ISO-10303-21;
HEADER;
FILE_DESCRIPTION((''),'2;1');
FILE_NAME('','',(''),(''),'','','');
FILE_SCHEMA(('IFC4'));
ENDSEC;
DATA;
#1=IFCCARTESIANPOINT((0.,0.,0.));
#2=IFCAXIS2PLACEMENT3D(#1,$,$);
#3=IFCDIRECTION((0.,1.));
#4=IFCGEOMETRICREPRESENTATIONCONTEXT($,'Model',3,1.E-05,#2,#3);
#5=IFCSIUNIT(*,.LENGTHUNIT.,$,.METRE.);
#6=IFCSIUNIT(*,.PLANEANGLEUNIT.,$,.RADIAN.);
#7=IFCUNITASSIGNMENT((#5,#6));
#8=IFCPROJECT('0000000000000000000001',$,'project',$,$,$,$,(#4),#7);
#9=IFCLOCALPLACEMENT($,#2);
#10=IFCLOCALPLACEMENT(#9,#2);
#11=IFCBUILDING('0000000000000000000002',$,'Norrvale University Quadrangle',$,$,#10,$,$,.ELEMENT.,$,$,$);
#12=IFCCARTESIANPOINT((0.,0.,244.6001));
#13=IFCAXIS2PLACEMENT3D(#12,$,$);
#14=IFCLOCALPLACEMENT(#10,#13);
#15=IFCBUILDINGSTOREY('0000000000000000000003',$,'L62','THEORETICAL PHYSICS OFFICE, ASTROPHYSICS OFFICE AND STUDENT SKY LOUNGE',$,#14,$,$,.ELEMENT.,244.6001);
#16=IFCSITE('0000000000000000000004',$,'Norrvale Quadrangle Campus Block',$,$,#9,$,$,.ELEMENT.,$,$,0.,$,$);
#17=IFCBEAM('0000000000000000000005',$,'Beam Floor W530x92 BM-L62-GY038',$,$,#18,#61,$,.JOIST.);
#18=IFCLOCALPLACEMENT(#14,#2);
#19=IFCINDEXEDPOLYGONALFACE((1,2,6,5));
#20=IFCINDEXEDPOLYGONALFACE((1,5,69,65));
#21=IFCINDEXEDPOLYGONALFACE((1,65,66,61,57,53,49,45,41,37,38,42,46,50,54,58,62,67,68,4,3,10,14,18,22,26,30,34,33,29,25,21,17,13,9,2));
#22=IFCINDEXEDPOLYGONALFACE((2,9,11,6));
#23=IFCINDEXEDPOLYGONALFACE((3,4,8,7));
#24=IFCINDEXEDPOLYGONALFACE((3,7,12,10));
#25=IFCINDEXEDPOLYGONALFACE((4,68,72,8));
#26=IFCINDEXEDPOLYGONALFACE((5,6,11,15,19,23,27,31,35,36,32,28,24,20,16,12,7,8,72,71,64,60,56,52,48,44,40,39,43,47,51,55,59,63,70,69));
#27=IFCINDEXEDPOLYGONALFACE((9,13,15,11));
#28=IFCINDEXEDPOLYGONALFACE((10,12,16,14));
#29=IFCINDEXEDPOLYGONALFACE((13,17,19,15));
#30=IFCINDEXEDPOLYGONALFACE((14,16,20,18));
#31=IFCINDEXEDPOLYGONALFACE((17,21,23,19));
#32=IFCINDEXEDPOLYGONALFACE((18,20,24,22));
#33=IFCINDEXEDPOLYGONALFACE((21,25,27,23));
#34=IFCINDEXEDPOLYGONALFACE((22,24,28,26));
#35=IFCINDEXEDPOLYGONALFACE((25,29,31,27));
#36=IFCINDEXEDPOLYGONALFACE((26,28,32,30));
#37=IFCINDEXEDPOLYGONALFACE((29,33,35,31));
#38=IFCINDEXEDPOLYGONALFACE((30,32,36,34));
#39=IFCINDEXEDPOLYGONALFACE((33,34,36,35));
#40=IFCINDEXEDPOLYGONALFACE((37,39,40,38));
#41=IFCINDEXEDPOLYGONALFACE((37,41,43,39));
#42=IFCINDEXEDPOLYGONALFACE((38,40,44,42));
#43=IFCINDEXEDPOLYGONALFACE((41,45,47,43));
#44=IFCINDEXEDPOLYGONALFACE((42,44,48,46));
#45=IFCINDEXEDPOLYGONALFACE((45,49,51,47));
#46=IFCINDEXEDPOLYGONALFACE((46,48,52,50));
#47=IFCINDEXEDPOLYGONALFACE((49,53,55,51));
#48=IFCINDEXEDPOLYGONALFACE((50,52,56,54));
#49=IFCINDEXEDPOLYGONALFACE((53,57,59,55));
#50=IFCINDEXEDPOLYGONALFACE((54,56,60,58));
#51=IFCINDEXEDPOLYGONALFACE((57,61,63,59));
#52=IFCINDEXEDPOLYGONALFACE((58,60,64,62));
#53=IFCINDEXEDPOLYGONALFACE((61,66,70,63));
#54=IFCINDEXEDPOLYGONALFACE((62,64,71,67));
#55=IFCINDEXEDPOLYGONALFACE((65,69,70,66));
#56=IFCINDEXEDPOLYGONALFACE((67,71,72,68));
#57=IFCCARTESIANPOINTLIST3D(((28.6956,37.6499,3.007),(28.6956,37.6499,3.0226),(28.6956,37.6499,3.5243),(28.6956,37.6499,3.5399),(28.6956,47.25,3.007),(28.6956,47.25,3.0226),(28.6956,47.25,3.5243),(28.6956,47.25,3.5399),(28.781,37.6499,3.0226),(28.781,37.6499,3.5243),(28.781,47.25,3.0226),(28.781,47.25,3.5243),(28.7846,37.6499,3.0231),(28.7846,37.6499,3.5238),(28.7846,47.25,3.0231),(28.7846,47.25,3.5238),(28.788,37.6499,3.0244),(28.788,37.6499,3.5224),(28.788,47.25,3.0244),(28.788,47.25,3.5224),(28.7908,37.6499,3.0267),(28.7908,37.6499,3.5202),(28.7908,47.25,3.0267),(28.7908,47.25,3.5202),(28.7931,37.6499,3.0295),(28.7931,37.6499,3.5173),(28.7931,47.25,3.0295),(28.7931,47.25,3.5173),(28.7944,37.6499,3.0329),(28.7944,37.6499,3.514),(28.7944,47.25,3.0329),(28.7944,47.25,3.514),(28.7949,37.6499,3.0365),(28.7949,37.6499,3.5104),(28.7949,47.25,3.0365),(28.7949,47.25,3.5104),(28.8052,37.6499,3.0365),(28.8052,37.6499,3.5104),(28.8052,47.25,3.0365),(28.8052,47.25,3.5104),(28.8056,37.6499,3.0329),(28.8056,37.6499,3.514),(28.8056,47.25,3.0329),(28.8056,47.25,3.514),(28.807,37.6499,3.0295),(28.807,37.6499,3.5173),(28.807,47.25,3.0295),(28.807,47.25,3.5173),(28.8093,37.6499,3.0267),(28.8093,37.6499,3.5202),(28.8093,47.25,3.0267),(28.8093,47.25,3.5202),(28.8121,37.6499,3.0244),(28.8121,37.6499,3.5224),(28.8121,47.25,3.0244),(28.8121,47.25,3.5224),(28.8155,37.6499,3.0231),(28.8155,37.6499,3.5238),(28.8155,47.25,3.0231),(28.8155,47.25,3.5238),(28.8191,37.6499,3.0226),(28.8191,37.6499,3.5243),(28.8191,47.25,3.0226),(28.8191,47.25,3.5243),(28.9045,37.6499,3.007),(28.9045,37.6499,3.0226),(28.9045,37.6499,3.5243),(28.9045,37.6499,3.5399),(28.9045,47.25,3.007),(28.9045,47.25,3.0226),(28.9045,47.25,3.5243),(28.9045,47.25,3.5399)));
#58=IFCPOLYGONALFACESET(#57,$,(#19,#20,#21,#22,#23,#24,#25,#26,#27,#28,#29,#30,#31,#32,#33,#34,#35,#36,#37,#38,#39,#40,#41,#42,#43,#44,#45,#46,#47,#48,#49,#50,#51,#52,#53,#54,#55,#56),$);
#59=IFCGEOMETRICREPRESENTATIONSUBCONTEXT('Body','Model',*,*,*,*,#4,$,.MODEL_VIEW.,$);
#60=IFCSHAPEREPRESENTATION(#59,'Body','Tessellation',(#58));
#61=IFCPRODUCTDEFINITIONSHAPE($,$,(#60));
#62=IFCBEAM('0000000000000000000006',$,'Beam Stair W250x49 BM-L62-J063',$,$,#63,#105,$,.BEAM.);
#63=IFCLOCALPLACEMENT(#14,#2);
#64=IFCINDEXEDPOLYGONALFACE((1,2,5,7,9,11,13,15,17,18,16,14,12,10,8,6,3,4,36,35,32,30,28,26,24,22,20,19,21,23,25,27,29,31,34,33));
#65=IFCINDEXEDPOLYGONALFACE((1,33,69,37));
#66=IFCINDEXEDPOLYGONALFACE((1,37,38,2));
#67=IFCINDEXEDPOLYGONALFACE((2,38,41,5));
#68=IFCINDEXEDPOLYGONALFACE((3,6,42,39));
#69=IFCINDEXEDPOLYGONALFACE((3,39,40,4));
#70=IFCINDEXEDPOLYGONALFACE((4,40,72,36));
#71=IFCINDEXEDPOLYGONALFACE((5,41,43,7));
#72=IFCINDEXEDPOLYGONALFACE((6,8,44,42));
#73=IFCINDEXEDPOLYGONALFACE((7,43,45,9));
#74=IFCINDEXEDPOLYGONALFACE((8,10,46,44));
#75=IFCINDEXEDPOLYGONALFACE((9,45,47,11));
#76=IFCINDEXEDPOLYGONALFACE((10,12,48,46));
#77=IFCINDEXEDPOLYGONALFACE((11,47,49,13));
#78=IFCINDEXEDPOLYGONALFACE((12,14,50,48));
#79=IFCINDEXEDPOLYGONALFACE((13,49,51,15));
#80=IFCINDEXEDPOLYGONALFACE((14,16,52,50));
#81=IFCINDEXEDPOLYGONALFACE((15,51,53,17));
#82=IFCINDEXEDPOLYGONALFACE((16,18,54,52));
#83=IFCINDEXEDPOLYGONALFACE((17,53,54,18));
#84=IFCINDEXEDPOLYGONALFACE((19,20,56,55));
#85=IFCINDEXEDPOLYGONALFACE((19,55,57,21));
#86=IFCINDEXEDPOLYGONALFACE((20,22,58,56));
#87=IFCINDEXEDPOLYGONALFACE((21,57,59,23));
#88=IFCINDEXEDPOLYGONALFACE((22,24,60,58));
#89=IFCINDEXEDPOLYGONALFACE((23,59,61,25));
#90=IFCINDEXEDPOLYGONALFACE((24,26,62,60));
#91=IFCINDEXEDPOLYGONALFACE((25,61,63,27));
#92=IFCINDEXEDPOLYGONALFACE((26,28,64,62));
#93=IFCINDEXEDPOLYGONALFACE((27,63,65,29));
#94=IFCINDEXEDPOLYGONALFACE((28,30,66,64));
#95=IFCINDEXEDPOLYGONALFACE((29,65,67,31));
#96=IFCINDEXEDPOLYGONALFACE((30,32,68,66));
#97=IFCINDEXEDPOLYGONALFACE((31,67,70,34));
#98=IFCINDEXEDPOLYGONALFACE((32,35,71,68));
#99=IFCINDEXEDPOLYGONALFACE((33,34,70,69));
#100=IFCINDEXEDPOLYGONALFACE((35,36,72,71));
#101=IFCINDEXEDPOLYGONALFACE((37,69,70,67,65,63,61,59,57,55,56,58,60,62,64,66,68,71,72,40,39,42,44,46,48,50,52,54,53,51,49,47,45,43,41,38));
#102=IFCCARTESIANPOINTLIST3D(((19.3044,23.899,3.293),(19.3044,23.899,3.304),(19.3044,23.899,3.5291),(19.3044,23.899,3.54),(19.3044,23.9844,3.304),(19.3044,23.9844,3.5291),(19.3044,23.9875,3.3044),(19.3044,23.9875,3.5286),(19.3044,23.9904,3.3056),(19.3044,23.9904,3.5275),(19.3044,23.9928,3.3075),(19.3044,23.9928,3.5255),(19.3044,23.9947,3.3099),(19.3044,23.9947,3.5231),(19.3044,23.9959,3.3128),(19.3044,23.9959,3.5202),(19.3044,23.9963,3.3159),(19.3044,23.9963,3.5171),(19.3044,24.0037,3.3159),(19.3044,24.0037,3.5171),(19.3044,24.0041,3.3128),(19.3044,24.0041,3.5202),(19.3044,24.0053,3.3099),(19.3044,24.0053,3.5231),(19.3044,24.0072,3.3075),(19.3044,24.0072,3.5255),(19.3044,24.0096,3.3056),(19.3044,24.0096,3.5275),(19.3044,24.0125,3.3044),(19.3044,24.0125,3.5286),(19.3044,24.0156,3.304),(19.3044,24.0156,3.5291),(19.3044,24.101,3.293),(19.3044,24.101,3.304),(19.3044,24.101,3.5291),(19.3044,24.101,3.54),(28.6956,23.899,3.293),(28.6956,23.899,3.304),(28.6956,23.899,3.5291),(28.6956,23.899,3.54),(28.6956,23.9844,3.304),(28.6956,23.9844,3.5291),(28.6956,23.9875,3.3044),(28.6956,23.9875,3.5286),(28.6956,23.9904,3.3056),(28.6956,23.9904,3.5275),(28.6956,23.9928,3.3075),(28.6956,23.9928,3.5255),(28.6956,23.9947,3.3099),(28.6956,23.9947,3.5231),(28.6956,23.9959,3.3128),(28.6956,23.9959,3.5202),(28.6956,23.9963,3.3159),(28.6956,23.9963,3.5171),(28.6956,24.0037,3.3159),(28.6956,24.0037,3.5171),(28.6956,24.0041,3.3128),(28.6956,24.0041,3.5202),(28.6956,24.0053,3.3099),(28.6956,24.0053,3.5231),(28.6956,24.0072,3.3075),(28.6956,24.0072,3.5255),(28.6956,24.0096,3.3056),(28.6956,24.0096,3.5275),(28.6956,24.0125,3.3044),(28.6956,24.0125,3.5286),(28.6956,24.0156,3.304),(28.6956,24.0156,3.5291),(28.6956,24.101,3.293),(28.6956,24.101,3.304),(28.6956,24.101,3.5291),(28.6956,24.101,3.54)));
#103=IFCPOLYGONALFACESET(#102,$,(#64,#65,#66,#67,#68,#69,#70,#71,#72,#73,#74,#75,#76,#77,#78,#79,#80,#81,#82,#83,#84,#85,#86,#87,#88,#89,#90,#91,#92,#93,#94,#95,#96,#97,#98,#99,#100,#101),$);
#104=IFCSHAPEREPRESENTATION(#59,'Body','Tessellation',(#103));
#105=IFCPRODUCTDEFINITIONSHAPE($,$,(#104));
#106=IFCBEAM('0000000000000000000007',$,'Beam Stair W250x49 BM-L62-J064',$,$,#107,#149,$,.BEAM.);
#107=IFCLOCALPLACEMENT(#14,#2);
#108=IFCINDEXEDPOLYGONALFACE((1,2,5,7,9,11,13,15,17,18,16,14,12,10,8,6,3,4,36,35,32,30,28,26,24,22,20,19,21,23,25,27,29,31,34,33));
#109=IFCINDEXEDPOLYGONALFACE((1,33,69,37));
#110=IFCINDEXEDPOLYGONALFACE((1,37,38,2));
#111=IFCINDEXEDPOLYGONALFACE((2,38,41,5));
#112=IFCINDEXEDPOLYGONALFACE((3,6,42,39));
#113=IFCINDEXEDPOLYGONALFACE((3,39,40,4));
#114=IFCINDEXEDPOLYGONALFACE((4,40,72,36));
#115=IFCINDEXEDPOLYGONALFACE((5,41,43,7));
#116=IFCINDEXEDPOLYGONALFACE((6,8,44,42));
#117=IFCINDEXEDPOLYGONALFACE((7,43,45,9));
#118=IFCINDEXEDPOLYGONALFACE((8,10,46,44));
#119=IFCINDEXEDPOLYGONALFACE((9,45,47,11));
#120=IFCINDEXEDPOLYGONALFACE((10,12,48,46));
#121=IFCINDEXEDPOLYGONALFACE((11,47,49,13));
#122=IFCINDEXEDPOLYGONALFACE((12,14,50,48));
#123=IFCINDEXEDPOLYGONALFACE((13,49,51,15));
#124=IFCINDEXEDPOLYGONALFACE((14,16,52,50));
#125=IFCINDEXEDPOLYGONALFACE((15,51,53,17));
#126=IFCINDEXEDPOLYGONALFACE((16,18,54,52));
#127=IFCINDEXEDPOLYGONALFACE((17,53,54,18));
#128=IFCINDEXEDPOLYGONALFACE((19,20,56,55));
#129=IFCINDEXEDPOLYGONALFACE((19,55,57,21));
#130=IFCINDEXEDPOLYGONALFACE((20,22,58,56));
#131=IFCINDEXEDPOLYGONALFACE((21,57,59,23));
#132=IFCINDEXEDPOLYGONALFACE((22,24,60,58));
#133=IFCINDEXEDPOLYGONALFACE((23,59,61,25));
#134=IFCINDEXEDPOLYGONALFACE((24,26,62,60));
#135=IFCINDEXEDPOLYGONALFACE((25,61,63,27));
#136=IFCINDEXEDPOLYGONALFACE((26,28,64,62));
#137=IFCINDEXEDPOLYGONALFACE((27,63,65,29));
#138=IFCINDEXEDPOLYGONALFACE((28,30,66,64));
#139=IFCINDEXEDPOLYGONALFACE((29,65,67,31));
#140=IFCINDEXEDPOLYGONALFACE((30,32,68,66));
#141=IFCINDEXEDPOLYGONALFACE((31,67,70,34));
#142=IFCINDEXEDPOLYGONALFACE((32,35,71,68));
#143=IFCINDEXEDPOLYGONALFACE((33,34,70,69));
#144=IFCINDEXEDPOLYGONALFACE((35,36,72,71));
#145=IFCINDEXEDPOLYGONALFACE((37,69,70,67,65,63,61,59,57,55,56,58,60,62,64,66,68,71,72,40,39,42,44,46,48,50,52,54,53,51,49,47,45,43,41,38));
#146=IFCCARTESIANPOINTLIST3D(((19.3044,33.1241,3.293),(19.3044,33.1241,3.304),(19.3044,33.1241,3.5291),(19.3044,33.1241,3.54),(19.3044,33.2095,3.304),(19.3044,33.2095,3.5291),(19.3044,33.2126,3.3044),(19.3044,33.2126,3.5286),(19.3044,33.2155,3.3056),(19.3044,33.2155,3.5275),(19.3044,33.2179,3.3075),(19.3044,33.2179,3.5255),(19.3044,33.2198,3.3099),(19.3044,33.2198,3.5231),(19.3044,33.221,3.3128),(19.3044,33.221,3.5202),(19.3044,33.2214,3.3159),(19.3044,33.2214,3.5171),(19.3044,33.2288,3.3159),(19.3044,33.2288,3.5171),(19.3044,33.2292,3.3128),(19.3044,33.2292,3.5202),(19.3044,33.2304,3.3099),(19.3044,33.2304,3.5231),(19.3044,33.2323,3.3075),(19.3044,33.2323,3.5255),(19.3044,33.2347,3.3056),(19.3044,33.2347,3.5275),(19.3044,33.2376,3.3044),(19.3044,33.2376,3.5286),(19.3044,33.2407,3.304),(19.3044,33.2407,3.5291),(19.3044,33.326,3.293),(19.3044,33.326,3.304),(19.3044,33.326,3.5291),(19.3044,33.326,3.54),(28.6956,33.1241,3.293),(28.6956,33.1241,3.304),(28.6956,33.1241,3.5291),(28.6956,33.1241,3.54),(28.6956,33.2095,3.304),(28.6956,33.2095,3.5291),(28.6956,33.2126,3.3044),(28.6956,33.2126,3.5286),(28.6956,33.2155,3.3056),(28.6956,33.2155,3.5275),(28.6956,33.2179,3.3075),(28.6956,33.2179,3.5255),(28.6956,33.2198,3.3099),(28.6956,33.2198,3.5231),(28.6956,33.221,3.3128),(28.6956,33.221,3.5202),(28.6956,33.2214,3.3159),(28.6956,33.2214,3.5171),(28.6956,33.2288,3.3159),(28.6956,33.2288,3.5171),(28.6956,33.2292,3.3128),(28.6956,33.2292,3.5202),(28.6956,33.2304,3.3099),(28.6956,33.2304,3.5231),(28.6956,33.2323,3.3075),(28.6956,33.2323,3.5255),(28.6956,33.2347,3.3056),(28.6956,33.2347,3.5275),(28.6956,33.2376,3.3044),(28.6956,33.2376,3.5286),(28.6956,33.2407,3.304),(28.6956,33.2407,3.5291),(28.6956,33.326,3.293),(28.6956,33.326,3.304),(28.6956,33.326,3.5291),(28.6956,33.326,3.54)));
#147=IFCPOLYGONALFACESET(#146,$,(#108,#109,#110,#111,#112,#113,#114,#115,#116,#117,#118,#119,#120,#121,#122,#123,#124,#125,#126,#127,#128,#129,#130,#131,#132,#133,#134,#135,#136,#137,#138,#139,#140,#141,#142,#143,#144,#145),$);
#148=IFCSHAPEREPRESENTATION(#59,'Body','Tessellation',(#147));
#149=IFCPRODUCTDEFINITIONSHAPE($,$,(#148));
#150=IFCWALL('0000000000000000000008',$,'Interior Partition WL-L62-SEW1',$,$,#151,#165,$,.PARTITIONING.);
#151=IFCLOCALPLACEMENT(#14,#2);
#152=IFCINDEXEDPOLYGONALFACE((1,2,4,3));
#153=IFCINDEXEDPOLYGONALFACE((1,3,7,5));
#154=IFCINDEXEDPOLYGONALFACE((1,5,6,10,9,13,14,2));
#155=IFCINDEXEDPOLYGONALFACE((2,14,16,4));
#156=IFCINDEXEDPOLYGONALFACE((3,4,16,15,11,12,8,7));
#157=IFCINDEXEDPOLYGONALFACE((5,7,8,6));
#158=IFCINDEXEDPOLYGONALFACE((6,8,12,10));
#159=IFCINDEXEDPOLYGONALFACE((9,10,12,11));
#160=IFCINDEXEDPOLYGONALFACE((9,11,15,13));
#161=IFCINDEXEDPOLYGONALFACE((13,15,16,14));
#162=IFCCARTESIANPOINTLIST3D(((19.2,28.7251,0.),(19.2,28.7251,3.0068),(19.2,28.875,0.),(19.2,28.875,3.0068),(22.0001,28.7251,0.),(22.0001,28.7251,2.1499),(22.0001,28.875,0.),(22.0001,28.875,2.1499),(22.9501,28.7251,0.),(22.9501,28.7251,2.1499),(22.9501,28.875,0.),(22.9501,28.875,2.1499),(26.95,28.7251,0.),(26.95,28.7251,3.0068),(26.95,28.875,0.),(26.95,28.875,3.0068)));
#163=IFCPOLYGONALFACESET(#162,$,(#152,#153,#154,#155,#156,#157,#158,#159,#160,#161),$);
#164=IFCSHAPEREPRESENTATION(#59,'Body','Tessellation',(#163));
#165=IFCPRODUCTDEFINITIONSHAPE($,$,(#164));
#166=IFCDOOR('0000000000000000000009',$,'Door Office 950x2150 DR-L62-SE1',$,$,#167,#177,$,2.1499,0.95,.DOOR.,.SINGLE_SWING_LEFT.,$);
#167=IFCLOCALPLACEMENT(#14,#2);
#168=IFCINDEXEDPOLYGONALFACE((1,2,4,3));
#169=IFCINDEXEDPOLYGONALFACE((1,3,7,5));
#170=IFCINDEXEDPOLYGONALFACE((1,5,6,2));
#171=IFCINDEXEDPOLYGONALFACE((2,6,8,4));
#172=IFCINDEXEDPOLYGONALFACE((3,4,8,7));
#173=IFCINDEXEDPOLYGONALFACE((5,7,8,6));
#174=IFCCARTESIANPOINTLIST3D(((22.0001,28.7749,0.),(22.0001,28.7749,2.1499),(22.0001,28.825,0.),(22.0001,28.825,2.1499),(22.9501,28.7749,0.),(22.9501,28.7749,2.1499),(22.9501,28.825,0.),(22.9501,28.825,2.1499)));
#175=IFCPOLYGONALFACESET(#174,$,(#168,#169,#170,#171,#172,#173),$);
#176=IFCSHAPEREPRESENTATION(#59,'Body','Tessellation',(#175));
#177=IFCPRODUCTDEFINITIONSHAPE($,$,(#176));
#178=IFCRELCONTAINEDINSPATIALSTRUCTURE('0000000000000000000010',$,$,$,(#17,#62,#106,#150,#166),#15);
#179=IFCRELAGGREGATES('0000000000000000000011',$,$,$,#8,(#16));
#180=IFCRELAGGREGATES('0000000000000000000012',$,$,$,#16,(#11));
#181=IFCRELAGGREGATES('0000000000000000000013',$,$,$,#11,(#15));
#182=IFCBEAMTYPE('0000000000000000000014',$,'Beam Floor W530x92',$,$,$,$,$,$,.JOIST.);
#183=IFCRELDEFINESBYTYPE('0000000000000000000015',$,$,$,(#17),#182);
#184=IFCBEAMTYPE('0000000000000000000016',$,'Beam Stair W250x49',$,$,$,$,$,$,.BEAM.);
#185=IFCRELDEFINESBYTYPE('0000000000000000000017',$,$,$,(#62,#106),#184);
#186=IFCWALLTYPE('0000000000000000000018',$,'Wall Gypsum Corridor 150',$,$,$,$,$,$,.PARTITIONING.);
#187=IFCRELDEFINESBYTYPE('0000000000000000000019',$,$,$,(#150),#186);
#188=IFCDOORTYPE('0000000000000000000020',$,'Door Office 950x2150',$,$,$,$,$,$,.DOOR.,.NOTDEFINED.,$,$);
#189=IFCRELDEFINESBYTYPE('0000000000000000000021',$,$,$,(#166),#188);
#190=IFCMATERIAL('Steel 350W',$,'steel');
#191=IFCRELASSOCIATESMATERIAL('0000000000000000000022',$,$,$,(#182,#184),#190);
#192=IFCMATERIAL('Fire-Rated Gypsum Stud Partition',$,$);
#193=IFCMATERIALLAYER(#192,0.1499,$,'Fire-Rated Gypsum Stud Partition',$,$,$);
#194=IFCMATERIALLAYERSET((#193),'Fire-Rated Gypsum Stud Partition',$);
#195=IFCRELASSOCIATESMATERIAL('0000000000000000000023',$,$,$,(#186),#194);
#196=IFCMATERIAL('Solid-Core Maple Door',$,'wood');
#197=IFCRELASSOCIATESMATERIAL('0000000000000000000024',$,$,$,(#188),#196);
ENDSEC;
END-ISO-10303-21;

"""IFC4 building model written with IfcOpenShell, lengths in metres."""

from ifc_helpers import new_model, si_unit, direction, frame, frame_2d, origin, origin_2d, place, context, subcontext, project, spatial, rectangle, i_section, extrude, material, layer, layer_set, material_profile, profile_set, type_object, element, fill, save


model = new_model("IFC4")

# Units and contexts
model_context = context("Model", 3, precision=1e-05, world=origin(), true_north=direction((0.0, 1.0)))
body_context = subcontext(model_context, "Body", "Model", "MODEL_VIEW")
ifc_project = project(units=[si_unit("LENGTHUNIT", "METRE"), si_unit("PLANEANGLEUNIT", "RADIAN")], contexts=[model_context])

# Site, building, storey
site_placement = place(None, origin())
site = spatial("IfcSite", under=ifc_project, at=site_placement, Name="Norrvale Quadrangle Campus Block", CompositionType="ELEMENT", RefElevation=0.0)
building_placement = place(site_placement, origin())
building = spatial("IfcBuilding", under=site, at=building_placement, Name="Norrvale University Quadrangle", CompositionType="ELEMENT")
storey_placement = place(building_placement, frame((0.0, 0.0, 244.6001)))
storey = spatial("IfcBuildingStorey", under=building, at=storey_placement, Name="L62", Description="THEORETICAL PHYSICS OFFICE, ASTROPHYSICS OFFICE AND STUDENT SKY LOUNGE", CompositionType="ELEMENT", Elevation=244.6001)

# Beams
ifc_material_1 = material(Name="Steel 350W", Category="steel")
ifc_material_profile_1 = material_profile(ifc_material_1, i_section(OverallWidth=0.209, OverallDepth=0.533, WebThickness=0.0103, FlangeThickness=0.0156, FilletRadius=0.0139, at=origin_2d()), Name="Steel 350W")
ifc_profile_set_1 = profile_set([ifc_material_profile_1], Name="Steel 350W")
beam_type_1 = type_object("IfcBeamType", Name="Beam Floor W530x92", PredefinedType="JOIST", material=ifc_profile_set_1)
beam_1_placement = place(storey_placement, frame((28.8, 37.6499, 3.2734), z_axis=(0.0, 1.0, 0.0), x_axis=(-1.0, 0.0, 0.0)))
element("IfcBeam", 1, at=beam_1_placement, inside=storey, type_object=beam_type_1, Name="Beam Floor W530x92 BM-L62-GY038", PredefinedType="JOIST", context=body_context, shape_type="SweptSolid", body=[
    extrude(i_section(OverallWidth=0.209, OverallDepth=0.533, WebThickness=0.0103, FlangeThickness=0.0156, FilletRadius=0.0139, at=origin_2d()), origin(), (0.0, 0.0, 1.0), 9.6001),
])
ifc_material_profile_2 = material_profile(ifc_material_1, i_section(OverallWidth=0.2019, OverallDepth=0.2471, WebThickness=0.0073, FlangeThickness=0.011, FilletRadius=0.012, at=origin_2d()), Name="Steel 350W")
ifc_profile_set_2 = profile_set([ifc_material_profile_2], Name="Steel 350W")
beam_type_2 = type_object("IfcBeamType", Name="Beam Stair W250x49", PredefinedType="BEAM", material=ifc_profile_set_2)
for number, where, z_axis, x_axis, name in (
    (2, (19.3044, 24.0, 3.4165), (1.0, 0.0, 0.0), (0.0, 1.0, 0.0), "Beam Stair W250x49 BM-L62-J063"),
    (3, (19.3044, 33.2251, 3.4165), (1.0, 0.0, 0.0), (0.0, 1.0, 0.0), "Beam Stair W250x49 BM-L62-J064"),
):
    element("IfcBeam", number, at=place(storey_placement, frame(where, z_axis=z_axis, x_axis=x_axis)), inside=storey, type_object=beam_type_2, Name=name, PredefinedType="BEAM", context=body_context, shape_type="SweptSolid", body=[
        extrude(i_section(OverallWidth=0.2019, OverallDepth=0.2471, WebThickness=0.0073, FlangeThickness=0.011, FilletRadius=0.012, at=origin_2d()), origin(), (0.0, 0.0, 1.0), 9.3911),
    ])

# Wall, opening, door
ifc_material_2 = material(Name="Fire-Rated Gypsum Stud Partition")
ifc_layer_1 = layer(ifc_material_2, 0.1499, Name="Fire-Rated Gypsum Stud Partition")
ifc_layer_set_1 = layer_set([ifc_layer_1], Name="Fire-Rated Gypsum Stud Partition")
wall_type_1 = type_object("IfcWallType", Name="Wall Gypsum Corridor 150", PredefinedType="PARTITIONING", material=ifc_layer_set_1)
wall_1_placement = place(storey_placement, frame((19.2, 28.8, 0.0), z_axis=(0.0, 0.0, 1.0), x_axis=(1.0, 0.0, 0.0)))
wall_1 = element("IfcWall", 4, at=wall_1_placement, inside=storey, type_object=wall_type_1, Name="Interior Partition WL-L62-SEW1", PredefinedType="PARTITIONING", context=body_context, shape_type="SweptSolid", body=[
    extrude(rectangle(XDim=7.75, YDim=0.1499, at=frame_2d((3.875, 0.0))), origin(), (0.0, 0.0, 1.0), 3.0068),
])
opening_1_placement = place(wall_1_placement, frame((2.8, 0.0, 0.0)))
opening_1 = element("IfcOpeningElement", 5, at=opening_1_placement, cuts=wall_1, PredefinedType="OPENING", context=body_context, shape_type="SweptSolid", body=[
    extrude(rectangle(XDim=0.95, YDim=2.1499, at=frame_2d((0.4751, 1.075))), frame((0.0, 0.0869, 0.0), z_axis=(0.0, -1.0, 0.0), x_axis=(1.0, 0.0, 0.0)), (0.0, 0.0, 1.0), 0.1738),
])
ifc_material_3 = material(Name="Solid-Core Maple Door", Category="wood")
door_type_1 = type_object("IfcDoorType", Name="Door Office 950x2150", OperationType="NOTDEFINED", PredefinedType="DOOR", material=ifc_material_3)
door_1_placement = place(opening_1_placement, origin())
door_1 = element("IfcDoor", 6, at=door_1_placement, inside=storey, type_object=door_type_1, Name="Door Office 950x2150 DR-L62-SE1", OperationType="SINGLE_SWING_LEFT", OverallHeight=2.1499, OverallWidth=0.95, PredefinedType="DOOR", context=body_context, shape_type="SweptSolid", body=[
    extrude(rectangle(XDim=0.95, YDim=2.1499, at=frame_2d((0.4751, 1.075))), frame((0.0, 0.0249, 0.0), z_axis=(0.0, -1.0, 0.0), x_axis=(1.0, 0.0, 0.0)), (0.0, 0.0, 1.0), 0.05),
])
fill(opening_1, door_1)

save(model, "model.ifc")
